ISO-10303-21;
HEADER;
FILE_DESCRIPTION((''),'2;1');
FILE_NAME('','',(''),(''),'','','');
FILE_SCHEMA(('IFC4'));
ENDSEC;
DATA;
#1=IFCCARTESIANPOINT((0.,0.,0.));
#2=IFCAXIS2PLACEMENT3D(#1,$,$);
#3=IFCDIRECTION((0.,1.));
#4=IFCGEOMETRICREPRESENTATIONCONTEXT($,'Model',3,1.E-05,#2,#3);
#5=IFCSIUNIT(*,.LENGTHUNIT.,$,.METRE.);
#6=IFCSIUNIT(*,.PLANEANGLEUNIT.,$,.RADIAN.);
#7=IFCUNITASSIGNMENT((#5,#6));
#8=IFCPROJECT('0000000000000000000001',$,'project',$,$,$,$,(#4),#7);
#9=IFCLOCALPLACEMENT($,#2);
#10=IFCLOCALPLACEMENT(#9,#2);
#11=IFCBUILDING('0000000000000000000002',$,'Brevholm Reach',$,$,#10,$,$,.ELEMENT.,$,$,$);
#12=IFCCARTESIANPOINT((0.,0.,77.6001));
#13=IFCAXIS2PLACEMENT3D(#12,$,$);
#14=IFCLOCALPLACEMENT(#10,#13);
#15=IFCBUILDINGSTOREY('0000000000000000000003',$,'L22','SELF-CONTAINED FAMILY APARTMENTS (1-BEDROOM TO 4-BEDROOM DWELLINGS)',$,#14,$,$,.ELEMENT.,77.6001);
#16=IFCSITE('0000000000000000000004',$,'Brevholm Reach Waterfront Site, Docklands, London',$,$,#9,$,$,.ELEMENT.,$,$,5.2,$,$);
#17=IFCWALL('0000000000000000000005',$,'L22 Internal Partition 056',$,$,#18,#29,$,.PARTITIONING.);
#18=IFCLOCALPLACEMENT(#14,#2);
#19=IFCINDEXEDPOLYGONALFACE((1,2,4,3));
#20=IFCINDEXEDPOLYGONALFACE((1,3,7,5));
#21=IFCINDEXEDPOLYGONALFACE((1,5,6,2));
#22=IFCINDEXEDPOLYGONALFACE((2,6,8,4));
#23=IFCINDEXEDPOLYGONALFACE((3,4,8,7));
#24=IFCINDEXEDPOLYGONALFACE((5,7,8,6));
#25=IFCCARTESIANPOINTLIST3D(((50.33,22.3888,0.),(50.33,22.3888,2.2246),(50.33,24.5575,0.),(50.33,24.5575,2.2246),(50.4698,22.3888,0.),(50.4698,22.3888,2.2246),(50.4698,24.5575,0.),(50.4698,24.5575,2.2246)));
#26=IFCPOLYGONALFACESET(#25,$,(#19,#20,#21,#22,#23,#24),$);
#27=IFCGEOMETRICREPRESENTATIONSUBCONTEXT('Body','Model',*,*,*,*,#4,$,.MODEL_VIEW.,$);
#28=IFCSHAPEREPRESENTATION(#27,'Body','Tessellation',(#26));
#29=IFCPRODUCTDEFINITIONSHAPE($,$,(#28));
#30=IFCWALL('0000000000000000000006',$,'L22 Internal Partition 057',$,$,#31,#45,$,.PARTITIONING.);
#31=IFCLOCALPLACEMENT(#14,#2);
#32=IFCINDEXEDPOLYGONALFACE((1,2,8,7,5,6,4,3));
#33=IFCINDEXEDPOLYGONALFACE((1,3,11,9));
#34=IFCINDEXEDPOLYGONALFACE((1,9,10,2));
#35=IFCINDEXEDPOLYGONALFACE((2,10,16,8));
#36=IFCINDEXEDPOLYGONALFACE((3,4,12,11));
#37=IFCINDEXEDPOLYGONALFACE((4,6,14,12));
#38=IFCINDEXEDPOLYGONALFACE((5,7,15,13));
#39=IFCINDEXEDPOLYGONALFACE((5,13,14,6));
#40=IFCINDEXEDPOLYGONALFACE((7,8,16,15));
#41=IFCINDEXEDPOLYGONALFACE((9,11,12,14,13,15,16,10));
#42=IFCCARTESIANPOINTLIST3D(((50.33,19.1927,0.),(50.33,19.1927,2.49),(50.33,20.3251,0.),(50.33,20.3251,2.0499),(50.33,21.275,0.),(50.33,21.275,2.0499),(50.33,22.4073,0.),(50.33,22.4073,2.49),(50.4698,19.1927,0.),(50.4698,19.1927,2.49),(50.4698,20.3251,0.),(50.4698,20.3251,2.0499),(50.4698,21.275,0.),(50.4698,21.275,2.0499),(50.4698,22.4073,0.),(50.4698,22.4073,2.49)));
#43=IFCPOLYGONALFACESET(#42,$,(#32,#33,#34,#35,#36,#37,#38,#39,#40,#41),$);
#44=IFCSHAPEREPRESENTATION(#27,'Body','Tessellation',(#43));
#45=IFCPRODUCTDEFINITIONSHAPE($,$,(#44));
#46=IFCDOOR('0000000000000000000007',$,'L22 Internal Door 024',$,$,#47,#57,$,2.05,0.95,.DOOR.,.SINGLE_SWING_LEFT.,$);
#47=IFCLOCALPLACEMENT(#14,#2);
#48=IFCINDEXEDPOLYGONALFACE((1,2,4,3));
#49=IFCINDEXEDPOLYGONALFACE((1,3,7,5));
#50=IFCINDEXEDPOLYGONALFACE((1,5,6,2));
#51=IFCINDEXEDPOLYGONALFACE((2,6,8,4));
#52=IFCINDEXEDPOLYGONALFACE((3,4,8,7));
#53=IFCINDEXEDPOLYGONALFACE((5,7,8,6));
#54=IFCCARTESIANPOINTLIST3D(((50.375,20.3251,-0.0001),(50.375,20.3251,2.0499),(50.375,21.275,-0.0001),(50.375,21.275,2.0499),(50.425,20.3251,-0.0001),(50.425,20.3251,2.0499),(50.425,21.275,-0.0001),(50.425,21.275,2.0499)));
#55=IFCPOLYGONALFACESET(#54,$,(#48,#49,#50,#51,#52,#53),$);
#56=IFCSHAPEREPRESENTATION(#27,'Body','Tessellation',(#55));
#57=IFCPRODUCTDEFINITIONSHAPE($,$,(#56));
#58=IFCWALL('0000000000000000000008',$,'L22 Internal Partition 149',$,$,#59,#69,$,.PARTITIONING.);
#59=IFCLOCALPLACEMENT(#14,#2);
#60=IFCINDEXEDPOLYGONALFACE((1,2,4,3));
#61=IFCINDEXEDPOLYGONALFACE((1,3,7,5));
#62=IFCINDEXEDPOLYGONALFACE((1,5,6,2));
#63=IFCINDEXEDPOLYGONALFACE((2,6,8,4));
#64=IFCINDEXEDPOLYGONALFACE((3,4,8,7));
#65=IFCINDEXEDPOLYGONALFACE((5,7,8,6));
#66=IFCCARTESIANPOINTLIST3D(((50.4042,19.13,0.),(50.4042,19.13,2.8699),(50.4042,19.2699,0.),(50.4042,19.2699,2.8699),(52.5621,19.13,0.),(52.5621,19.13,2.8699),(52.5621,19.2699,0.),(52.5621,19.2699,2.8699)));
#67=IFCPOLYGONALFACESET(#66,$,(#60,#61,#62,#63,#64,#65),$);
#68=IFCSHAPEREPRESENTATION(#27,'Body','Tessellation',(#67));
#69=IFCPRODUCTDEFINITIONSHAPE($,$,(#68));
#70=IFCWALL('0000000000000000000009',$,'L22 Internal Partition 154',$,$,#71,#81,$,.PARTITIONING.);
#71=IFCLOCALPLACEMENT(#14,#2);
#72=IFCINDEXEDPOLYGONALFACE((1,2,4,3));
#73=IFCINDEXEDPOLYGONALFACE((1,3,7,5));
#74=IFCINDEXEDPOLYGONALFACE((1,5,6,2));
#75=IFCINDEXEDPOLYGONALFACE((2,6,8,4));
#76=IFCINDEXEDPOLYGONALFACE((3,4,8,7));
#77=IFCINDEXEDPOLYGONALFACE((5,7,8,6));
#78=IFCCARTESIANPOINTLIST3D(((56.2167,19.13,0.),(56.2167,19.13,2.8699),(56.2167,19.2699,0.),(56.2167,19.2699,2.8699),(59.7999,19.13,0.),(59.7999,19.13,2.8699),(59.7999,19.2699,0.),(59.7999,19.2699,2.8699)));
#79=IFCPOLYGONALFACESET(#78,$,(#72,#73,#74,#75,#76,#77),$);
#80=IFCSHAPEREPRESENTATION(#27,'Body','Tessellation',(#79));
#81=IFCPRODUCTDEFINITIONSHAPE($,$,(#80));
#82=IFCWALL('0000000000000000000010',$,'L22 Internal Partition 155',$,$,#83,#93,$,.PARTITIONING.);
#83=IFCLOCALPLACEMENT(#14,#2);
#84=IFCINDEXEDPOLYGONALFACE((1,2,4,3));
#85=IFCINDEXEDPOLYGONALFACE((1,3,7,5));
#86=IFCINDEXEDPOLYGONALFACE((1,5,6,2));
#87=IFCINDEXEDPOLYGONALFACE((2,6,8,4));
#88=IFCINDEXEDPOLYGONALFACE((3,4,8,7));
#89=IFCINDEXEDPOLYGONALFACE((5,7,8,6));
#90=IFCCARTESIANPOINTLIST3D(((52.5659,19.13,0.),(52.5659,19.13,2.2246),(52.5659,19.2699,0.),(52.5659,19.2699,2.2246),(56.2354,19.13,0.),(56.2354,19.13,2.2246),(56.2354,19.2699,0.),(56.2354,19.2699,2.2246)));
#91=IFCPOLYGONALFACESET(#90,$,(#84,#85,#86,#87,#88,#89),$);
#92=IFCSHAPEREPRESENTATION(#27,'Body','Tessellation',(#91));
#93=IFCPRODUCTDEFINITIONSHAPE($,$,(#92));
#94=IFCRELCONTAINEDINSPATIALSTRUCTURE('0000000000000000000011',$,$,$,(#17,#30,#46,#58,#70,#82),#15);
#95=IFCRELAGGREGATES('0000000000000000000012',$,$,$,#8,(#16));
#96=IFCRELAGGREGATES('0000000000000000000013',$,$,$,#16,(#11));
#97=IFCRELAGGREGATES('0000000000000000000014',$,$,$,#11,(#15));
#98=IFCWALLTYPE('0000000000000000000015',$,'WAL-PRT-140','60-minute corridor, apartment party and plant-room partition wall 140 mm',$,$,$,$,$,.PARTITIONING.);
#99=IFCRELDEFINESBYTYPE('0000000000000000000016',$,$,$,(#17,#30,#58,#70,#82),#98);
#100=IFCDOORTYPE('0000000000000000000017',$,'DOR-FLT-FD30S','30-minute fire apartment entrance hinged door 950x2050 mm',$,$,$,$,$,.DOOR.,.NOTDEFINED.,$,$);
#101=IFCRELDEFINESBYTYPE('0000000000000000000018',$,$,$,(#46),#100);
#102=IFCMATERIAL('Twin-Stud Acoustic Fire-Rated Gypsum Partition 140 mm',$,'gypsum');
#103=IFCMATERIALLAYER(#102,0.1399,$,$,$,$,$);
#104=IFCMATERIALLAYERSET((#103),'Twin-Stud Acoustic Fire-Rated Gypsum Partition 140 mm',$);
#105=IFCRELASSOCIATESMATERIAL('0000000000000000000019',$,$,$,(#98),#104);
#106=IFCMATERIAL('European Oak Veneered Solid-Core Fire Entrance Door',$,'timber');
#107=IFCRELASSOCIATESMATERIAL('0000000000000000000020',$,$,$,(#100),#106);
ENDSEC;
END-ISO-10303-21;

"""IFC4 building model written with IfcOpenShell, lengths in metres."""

from ifc_helpers import new_model, si_unit, direction, frame, frame_2d, origin, place, context, subcontext, project, spatial, rectangle, extrude, material, layer, layer_set, type_object, element, fill, save


model = new_model("IFC4")

# Units and contexts
model_context = context("Model", 3, precision=1e-05, world=origin(), true_north=direction((0.0, 1.0)))
body_context = subcontext(model_context, "Body", "Model", "MODEL_VIEW")
ifc_project = project(units=[si_unit("LENGTHUNIT", "METRE"), si_unit("PLANEANGLEUNIT", "RADIAN")], contexts=[model_context])

# Site, building, storey
site_placement = place(None, origin())
site = spatial("IfcSite", under=ifc_project, at=site_placement, Name="Brevholm Reach Waterfront Site, Docklands, London", CompositionType="ELEMENT", RefElevation=5.2)
building_placement = place(site_placement, origin())
building = spatial("IfcBuilding", under=site, at=building_placement, Name="Brevholm Reach", CompositionType="ELEMENT")
storey_placement = place(building_placement, frame((0.0, 0.0, 77.6001)))
storey = spatial("IfcBuildingStorey", under=building, at=storey_placement, Name="L22", Description="SELF-CONTAINED FAMILY APARTMENTS (1-BEDROOM TO 4-BEDROOM DWELLINGS)", CompositionType="ELEMENT", Elevation=77.6001)

# Shared definitions
ifc_material_1 = material(Name="Twin-Stud Acoustic Fire-Rated Gypsum Partition 140 mm", Category="gypsum")
ifc_layer_1 = layer(ifc_material_1, 0.1399)
ifc_layer_set_1 = layer_set([ifc_layer_1], Name="Twin-Stud Acoustic Fire-Rated Gypsum Partition 140 mm")
wall_type_1 = type_object("IfcWallType", Name="WAL-PRT-140", Description="60-minute corridor, apartment party and plant-room partition wall 140 mm", PredefinedType="PARTITIONING", material=ifc_layer_set_1)

# Shared definitions
ifc_material_2 = material(Name="European Oak Veneered Solid-Core Fire Entrance Door", Category="timber")
door_type_1 = type_object("IfcDoorType", Name="DOR-FLT-FD30S", Description="30-minute fire apartment entrance hinged door 950x2050 mm", OperationType="NOTDEFINED", PredefinedType="DOOR", material=ifc_material_2)

# Wall
wall_1_placement = place(storey_placement, frame((50.3999, 22.3887, 0.0), z_axis=(0.0, 0.0, 1.0), x_axis=(0.0, 1.0, 0.0)))
element("IfcWall", 1, at=wall_1_placement, inside=storey, type_object=wall_type_1, Name="L22 Internal Partition 056", PredefinedType="PARTITIONING", context=body_context, shape_type="SweptSolid", body=[
    extrude(rectangle(XDim=2.1687, YDim=0.1399, at=frame_2d((1.0845, 0.0))), origin(), (0.0, 0.0, 1.0), 2.2246),
])

# Wall, opening, door
wall_2_placement = place(storey_placement, frame((50.3999, 19.1926, 0.0), z_axis=(0.0, 0.0, 1.0), x_axis=(0.0, 1.0, 0.0)))
wall_2 = element("IfcWall", 2, at=wall_2_placement, inside=storey, type_object=wall_type_1, Name="L22 Internal Partition 057", PredefinedType="PARTITIONING", context=body_context, shape_type="SweptSolid", body=[
    extrude(rectangle(XDim=3.2146, YDim=0.1399, at=frame_2d((1.6074, 0.0))), origin(), (0.0, 0.0, 1.0), 2.49),
])
opening_1_placement = place(wall_2_placement, frame((1.1323, 0.0, 0.0)))
opening_1 = element("IfcOpeningElement", 3, at=opening_1_placement, cuts=wall_2, PredefinedType="OPENING", context=body_context, shape_type="SweptSolid", body=[
    extrude(rectangle(XDim=0.95, YDim=2.05, at=frame_2d((0.4751, 1.0249))), frame((0.0, 0.0798, 0.0), z_axis=(0.0, -1.0, 0.0), x_axis=(1.0, 0.0, 0.0)), (0.0, 0.0, 1.0), 0.1599),
])
door_1_placement = place(opening_1_placement, origin())
door_1 = element("IfcDoor", 4, at=door_1_placement, inside=storey, type_object=door_type_1, Name="L22 Internal Door 024", OperationType="SINGLE_SWING_LEFT", OverallHeight=2.05, OverallWidth=0.95, PredefinedType="DOOR", context=body_context, shape_type="SweptSolid", body=[
    extrude(rectangle(XDim=0.95, YDim=2.05, at=frame_2d((0.4751, 1.0249))), frame((0.0, 0.0249, 0.0), z_axis=(0.0, -1.0, 0.0), x_axis=(1.0, 0.0, 0.0)), (0.0, 0.0, 1.0), 0.05),
])
fill(opening_1, door_1)

# Walls
wall_3_placement = place(storey_placement, frame((50.4041, 19.2, 0.0), z_axis=(0.0, 0.0, 1.0), x_axis=(1.0, 0.0, 0.0)))
element("IfcWall", 5, at=wall_3_placement, inside=storey, type_object=wall_type_1, Name="L22 Internal Partition 149", PredefinedType="PARTITIONING", context=body_context, shape_type="SweptSolid", body=[
    extrude(rectangle(XDim=2.158, YDim=0.1399, at=frame_2d((1.0791, 0.0))), origin(), (0.0, 0.0, 1.0), 2.8699),
])
wall_4_placement = place(storey_placement, frame((56.2168, 19.2, 0.0), z_axis=(0.0, 0.0, 1.0), x_axis=(1.0, 0.0, 0.0)))
element("IfcWall", 6, at=wall_4_placement, inside=storey, type_object=wall_type_1, Name="L22 Internal Partition 154", PredefinedType="PARTITIONING", context=body_context, shape_type="SweptSolid", body=[
    extrude(rectangle(XDim=3.5833, YDim=0.1399, at=frame_2d((1.7915, 0.0))), origin(), (0.0, 0.0, 1.0), 2.8699),
])
wall_5_placement = place(storey_placement, frame((52.5659, 19.2, 0.0), z_axis=(0.0, 0.0, 1.0), x_axis=(1.0, 0.0, 0.0)))
element("IfcWall", 7, at=wall_5_placement, inside=storey, type_object=wall_type_1, Name="L22 Internal Partition 155", PredefinedType="PARTITIONING", context=body_context, shape_type="SweptSolid", body=[
    extrude(rectangle(XDim=3.6694, YDim=0.1399, at=frame_2d((1.8347, 0.0))), origin(), (0.0, 0.0, 1.0), 2.2246),
])

save(model, "model.ifc")
